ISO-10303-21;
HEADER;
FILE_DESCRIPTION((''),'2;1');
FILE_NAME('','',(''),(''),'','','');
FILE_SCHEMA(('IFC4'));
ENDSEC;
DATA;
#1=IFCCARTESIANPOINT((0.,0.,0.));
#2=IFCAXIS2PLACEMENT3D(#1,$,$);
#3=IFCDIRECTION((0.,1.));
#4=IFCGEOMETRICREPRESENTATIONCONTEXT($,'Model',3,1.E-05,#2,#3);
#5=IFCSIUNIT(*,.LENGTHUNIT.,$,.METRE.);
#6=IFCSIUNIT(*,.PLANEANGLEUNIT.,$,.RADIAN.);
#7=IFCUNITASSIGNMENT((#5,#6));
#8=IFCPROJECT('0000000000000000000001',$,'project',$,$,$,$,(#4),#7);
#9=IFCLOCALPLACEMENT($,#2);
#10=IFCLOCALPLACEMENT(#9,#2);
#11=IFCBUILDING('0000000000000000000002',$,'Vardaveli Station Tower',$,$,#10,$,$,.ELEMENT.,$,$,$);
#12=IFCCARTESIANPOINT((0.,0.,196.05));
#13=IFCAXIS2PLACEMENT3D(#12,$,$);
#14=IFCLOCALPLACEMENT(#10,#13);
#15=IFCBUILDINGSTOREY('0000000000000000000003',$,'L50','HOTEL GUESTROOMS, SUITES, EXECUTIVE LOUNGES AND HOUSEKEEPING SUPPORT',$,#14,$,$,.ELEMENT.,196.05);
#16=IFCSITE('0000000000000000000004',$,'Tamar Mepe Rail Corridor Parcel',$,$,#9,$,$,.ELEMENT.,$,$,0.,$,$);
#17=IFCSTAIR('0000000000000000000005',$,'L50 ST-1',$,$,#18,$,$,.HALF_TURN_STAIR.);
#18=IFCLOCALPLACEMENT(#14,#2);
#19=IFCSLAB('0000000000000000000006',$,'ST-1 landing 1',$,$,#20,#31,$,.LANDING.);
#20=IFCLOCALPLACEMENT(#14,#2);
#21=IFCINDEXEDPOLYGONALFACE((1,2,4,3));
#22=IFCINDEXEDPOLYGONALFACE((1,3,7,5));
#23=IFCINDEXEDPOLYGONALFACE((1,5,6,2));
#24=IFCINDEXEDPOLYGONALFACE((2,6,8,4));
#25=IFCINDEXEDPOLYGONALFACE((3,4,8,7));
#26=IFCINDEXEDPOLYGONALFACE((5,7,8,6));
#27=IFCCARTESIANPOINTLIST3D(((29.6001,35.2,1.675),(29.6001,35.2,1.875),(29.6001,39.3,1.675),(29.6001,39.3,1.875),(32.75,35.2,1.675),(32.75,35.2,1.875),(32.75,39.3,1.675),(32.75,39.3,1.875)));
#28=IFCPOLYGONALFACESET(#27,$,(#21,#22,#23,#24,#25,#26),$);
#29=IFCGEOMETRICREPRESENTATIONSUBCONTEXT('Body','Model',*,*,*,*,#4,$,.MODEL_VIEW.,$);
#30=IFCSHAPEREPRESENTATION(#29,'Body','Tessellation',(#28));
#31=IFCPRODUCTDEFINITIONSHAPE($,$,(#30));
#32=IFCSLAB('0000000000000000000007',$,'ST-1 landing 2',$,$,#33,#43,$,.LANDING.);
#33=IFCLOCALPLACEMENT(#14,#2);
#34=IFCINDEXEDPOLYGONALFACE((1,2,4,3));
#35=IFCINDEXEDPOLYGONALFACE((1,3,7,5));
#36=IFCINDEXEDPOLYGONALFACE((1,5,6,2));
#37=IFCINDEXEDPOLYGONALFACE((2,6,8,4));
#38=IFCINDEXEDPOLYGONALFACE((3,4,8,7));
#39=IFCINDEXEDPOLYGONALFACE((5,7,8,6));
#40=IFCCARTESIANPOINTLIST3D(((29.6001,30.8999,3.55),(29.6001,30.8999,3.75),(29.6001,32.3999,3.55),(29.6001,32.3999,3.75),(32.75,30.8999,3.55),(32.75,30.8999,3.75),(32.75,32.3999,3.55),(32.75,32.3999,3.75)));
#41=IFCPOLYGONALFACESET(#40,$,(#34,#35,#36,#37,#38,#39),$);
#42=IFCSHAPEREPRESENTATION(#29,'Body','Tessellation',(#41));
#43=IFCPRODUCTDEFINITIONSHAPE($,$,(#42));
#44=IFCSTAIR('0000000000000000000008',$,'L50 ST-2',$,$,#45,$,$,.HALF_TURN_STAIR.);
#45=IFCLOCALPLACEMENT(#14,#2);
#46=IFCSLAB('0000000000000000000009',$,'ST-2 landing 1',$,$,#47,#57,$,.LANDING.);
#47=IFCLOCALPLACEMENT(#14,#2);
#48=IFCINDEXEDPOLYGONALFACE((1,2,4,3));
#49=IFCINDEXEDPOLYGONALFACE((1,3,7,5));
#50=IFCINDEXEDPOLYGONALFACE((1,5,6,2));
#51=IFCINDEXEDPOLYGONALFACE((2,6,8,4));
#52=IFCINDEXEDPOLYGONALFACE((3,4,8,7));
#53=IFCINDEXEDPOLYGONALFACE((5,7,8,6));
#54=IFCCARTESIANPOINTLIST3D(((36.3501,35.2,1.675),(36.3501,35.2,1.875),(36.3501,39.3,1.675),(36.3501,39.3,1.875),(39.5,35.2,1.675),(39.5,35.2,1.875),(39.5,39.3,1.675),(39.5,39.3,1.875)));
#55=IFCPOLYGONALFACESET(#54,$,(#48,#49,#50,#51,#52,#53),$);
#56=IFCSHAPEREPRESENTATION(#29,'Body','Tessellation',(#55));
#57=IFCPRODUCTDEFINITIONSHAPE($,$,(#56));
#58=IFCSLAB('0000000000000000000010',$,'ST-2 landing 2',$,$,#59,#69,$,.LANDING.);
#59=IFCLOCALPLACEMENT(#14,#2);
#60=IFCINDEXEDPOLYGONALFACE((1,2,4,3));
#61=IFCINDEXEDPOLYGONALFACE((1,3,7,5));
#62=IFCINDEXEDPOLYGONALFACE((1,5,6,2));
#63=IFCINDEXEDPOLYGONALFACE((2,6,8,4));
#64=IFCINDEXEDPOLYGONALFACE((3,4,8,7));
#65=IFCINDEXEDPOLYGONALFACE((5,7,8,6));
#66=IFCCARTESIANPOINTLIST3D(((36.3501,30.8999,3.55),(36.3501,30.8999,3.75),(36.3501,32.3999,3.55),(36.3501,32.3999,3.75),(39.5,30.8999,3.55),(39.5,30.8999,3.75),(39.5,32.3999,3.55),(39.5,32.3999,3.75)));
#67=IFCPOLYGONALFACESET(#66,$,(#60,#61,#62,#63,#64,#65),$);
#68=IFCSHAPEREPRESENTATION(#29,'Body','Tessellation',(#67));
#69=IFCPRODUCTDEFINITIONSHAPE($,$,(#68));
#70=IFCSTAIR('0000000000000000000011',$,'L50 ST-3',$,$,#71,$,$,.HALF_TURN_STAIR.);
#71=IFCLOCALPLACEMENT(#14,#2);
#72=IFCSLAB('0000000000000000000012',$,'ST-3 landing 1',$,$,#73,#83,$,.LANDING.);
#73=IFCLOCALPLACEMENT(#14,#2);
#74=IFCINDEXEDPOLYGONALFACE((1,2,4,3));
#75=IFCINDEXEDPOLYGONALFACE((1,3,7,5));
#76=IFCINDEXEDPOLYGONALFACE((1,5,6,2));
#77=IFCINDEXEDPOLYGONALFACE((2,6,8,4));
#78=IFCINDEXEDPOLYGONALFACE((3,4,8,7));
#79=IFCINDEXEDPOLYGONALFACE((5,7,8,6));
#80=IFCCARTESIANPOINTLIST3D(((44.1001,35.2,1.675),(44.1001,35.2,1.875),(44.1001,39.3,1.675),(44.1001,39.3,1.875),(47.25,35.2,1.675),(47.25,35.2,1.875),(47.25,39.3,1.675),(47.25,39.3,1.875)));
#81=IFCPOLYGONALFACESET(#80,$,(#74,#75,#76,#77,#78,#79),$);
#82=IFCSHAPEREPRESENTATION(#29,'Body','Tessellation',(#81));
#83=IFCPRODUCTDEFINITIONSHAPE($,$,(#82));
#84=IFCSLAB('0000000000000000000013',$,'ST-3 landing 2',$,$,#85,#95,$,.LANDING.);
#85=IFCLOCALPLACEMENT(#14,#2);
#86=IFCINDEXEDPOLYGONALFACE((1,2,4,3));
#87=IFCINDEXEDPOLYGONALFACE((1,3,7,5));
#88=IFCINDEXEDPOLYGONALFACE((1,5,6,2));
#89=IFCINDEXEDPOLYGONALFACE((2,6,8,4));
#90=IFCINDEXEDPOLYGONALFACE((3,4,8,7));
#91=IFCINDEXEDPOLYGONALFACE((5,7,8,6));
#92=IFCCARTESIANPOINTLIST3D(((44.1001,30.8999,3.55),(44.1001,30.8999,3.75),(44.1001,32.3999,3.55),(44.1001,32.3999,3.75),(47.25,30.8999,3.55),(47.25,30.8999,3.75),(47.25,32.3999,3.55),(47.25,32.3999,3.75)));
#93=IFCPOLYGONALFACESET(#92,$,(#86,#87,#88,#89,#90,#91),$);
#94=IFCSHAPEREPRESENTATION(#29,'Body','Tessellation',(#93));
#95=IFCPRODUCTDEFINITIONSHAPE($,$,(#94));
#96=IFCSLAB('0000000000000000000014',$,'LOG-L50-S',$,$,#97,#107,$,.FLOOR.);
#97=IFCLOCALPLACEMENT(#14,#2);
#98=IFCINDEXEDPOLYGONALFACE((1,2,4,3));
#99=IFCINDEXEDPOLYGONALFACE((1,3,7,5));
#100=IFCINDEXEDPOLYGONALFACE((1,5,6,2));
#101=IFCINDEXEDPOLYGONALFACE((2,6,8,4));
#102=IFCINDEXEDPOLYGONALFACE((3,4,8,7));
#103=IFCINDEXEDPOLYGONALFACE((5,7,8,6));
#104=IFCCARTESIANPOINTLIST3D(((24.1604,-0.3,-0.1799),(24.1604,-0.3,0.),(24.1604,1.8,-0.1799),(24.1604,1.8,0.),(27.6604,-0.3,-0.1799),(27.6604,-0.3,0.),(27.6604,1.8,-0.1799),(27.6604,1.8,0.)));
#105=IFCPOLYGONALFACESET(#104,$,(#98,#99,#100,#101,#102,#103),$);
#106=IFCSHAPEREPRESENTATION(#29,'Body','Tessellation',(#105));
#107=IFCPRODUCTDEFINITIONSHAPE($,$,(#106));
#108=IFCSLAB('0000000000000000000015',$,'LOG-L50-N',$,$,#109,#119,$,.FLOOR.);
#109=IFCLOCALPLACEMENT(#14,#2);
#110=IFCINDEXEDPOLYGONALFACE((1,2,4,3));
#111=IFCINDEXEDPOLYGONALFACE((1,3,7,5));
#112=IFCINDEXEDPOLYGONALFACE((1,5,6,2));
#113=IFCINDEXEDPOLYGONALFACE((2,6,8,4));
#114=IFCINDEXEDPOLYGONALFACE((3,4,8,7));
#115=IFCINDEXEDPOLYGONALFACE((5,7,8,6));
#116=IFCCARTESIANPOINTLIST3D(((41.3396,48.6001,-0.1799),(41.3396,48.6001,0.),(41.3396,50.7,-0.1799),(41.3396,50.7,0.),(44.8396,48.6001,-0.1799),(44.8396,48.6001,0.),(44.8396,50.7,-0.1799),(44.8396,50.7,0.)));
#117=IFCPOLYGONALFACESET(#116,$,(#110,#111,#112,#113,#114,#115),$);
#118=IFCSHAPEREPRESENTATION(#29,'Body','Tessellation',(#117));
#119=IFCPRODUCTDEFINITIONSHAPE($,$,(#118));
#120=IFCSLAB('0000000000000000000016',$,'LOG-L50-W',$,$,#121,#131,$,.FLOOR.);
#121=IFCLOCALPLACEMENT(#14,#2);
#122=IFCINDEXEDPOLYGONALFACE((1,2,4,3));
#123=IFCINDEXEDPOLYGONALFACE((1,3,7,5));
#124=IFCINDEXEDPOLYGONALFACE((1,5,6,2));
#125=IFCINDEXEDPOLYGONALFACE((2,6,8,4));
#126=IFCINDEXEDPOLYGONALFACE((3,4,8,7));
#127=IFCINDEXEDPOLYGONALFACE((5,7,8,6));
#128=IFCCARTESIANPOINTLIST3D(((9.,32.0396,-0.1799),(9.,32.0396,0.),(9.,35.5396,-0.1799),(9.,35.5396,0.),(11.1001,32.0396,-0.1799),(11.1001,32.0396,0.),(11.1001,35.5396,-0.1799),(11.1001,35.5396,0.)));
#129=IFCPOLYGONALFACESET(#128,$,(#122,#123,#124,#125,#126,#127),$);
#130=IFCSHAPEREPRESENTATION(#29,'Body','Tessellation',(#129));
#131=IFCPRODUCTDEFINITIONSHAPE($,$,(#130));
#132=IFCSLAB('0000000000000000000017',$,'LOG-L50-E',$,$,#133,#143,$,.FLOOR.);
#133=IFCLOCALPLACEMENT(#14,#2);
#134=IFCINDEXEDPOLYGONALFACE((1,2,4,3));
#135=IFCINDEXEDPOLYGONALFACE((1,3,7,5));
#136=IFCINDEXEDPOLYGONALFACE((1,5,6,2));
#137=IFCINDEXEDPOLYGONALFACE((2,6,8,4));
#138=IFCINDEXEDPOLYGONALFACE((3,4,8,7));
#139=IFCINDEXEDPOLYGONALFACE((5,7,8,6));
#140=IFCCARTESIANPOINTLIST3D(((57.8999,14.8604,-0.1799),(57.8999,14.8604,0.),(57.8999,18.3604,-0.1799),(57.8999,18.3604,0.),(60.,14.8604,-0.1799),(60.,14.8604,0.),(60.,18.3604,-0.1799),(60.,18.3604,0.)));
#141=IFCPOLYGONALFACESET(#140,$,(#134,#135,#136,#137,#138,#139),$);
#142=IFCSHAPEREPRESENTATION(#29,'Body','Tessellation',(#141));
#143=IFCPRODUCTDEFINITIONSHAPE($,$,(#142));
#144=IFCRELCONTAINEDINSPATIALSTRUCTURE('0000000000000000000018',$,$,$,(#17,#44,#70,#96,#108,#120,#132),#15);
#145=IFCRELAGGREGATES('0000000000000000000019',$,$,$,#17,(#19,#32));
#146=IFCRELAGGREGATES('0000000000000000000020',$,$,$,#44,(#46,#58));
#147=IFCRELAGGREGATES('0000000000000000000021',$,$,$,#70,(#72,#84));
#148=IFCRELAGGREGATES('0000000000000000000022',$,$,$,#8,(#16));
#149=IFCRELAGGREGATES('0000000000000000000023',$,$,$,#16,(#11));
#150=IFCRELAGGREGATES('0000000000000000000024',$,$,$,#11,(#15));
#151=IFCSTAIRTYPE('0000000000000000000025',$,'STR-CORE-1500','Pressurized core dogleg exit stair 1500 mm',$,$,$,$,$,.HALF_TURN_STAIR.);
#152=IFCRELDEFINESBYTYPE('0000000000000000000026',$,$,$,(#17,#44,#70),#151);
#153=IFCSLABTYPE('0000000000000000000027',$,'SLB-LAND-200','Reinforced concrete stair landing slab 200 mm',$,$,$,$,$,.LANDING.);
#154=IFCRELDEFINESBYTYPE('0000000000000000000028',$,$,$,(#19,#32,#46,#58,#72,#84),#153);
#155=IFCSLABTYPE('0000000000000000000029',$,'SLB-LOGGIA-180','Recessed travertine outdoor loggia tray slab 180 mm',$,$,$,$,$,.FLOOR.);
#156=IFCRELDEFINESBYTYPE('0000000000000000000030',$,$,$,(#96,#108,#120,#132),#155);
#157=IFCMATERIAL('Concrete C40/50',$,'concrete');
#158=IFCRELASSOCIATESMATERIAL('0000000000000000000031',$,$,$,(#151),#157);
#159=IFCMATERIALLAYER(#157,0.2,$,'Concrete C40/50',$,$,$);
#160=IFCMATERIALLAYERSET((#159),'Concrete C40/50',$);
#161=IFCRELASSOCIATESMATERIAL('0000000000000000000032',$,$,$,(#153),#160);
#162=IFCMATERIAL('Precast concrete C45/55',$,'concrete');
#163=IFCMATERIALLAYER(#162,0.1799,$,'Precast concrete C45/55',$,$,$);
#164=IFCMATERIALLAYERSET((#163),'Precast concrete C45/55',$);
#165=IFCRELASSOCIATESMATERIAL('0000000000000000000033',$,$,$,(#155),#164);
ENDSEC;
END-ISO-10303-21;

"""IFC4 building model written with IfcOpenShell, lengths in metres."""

from ifc_helpers import new_model, si_unit, direction, frame, origin, place, context, subcontext, project, spatial, polyline, outline, extrude, material, layer, layer_set, type_object, element, aggregate, save


model = new_model("IFC4")

# Units and contexts
model_context = context("Model", 3, precision=1e-05, world=origin(), true_north=direction((0.0, 1.0)))
body_context = subcontext(model_context, "Body", "Model", "MODEL_VIEW")
ifc_project = project(units=[si_unit("LENGTHUNIT", "METRE"), si_unit("PLANEANGLEUNIT", "RADIAN")], contexts=[model_context])

# Site, building, storey
site_placement = place(None, origin())
site = spatial("IfcSite", under=ifc_project, at=site_placement, Name="Tamar Mepe Rail Corridor Parcel", CompositionType="ELEMENT", RefElevation=0.0)
building_placement = place(site_placement, origin())
building = spatial("IfcBuilding", under=site, at=building_placement, Name="Vardaveli Station Tower", CompositionType="ELEMENT")
storey_placement = place(building_placement, frame((0.0, 0.0, 196.05)))
storey = spatial("IfcBuildingStorey", under=building, at=storey_placement, Name="L50", Description="HOTEL GUESTROOMS, SUITES, EXECUTIVE LOUNGES AND HOUSEKEEPING SUPPORT", CompositionType="ELEMENT", Elevation=196.05)

# Stairs, slabs
ifc_material_1 = material(Name="Concrete C40/50", Category="concrete")
stair_type = type_object("IfcStairType", Name="STR-CORE-1500", Description="Pressurized core dogleg exit stair 1500 mm", PredefinedType="HALF_TURN_STAIR", material=ifc_material_1)
stair_1_placement = place(storey_placement, origin())
stair_1 = element("IfcStair", 1, at=stair_1_placement, inside=storey, type_object=stair_type, Name="L50 ST-1", PredefinedType="HALF_TURN_STAIR")
ifc_layer_1 = layer(ifc_material_1, 0.2, Name="Concrete C40/50")
ifc_layer_set_1 = layer_set([ifc_layer_1], Name="Concrete C40/50")
slab_type_1 = type_object("IfcSlabType", Name="SLB-LAND-200", Description="Reinforced concrete stair landing slab 200 mm", PredefinedType="LANDING", material=ifc_layer_set_1)
slab_1_placement = place(storey_placement, frame((0.0, 0.0, 1.675)))
slab_1 = element("IfcSlab", 2, at=slab_1_placement, type_object=slab_type_1, Name="ST-1 landing 1", PredefinedType="LANDING", context=body_context, shape_type="SweptSolid", body=[
    extrude(outline(polyline([(32.75, 35.2), (32.75, 39.3), (29.6001, 39.3), (29.6001, 35.2), (32.75, 35.2)])), origin(), (0.0, 0.0, 1.0), 0.2),
])
slab_2_placement = place(storey_placement, frame((0.0, 0.0, 3.55)))
slab_2 = element("IfcSlab", 3, at=slab_2_placement, type_object=slab_type_1, Name="ST-1 landing 2", PredefinedType="LANDING", context=body_context, shape_type="SweptSolid", body=[
    extrude(outline(polyline([(32.75, 30.8999), (32.75, 32.3999), (29.6001, 32.3999), (29.6001, 30.8999), (32.75, 30.8999)])), origin(), (0.0, 0.0, 1.0), 0.2),
])
aggregate(stair_1, [slab_1, slab_2])
stair_2_placement = place(storey_placement, origin())
stair_2 = element("IfcStair", 4, at=stair_2_placement, inside=storey, type_object=stair_type, Name="L50 ST-2", PredefinedType="HALF_TURN_STAIR")
slab_3_placement = place(storey_placement, frame((0.0, 0.0, 1.675)))
slab_3 = element("IfcSlab", 5, at=slab_3_placement, type_object=slab_type_1, Name="ST-2 landing 1", PredefinedType="LANDING", context=body_context, shape_type="SweptSolid", body=[
    extrude(outline(polyline([(39.5, 35.2), (39.5, 39.3), (36.3501, 39.3), (36.3501, 35.2), (39.5, 35.2)])), origin(), (0.0, 0.0, 1.0), 0.2),
])
slab_4_placement = place(storey_placement, frame((0.0, 0.0, 3.55)))
slab_4 = element("IfcSlab", 6, at=slab_4_placement, type_object=slab_type_1, Name="ST-2 landing 2", PredefinedType="LANDING", context=body_context, shape_type="SweptSolid", body=[
    extrude(outline(polyline([(39.5, 30.8999), (39.5, 32.3999), (36.3501, 32.3999), (36.3501, 30.8999), (39.5, 30.8999)])), origin(), (0.0, 0.0, 1.0), 0.2),
])
aggregate(stair_2, [slab_3, slab_4])
stair_3_placement = place(storey_placement, origin())
stair_3 = element("IfcStair", 7, at=stair_3_placement, inside=storey, type_object=stair_type, Name="L50 ST-3", PredefinedType="HALF_TURN_STAIR")
slab_5_placement = place(storey_placement, frame((0.0, 0.0, 1.675)))
slab_5 = element("IfcSlab", 8, at=slab_5_placement, type_object=slab_type_1, Name="ST-3 landing 1", PredefinedType="LANDING", context=body_context, shape_type="SweptSolid", body=[
    extrude(outline(polyline([(47.25, 35.2), (47.25, 39.3), (44.1001, 39.3), (44.1001, 35.2), (47.25, 35.2)])), origin(), (0.0, 0.0, 1.0), 0.2),
])
slab_6_placement = place(storey_placement, frame((0.0, 0.0, 3.55)))
slab_6 = element("IfcSlab", 9, at=slab_6_placement, type_object=slab_type_1, Name="ST-3 landing 2", PredefinedType="LANDING", context=body_context, shape_type="SweptSolid", body=[
    extrude(outline(polyline([(47.25, 30.8999), (47.25, 32.3999), (44.1001, 32.3999), (44.1001, 30.8999), (47.25, 30.8999)])), origin(), (0.0, 0.0, 1.0), 0.2),
])
aggregate(stair_3, [slab_5, slab_6])

# Slabs
ifc_material_2 = material(Name="Precast concrete C45/55", Category="concrete")
ifc_layer_2 = layer(ifc_material_2, 0.1799, Name="Precast concrete C45/55")
ifc_layer_set_2 = layer_set([ifc_layer_2], Name="Precast concrete C45/55")
slab_type_2 = type_object("IfcSlabType", Name="SLB-LOGGIA-180", Description="Recessed travertine outdoor loggia tray slab 180 mm", PredefinedType="FLOOR", material=ifc_layer_set_2)
slab_7_placement = place(storey_placement, frame((0.0, 0.0, -0.1799)))
element("IfcSlab", 10, at=slab_7_placement, inside=storey, type_object=slab_type_2, Name="LOG-L50-S", PredefinedType="FLOOR", context=body_context, shape_type="SweptSolid", body=[
    extrude(outline(polyline([(24.1604, -0.3), (27.6604, -0.3), (27.6604, 1.8), (24.1604, 1.8), (24.1604, -0.3)])), origin(), (0.0, 0.0, 1.0), 0.1799),
])
slab_8_placement = place(storey_placement, frame((0.0, 0.0, -0.1799)))
element("IfcSlab", 11, at=slab_8_placement, inside=storey, type_object=slab_type_2, Name="LOG-L50-N", PredefinedType="FLOOR", context=body_context, shape_type="SweptSolid", body=[
    extrude(outline(polyline([(41.3396, 48.6001), (44.8396, 48.6001), (44.8396, 50.7), (41.3396, 50.7), (41.3396, 48.6001)])), origin(), (0.0, 0.0, 1.0), 0.1799),
])
slab_9_placement = place(storey_placement, frame((0.0, 0.0, -0.1799)))
element("IfcSlab", 12, at=slab_9_placement, inside=storey, type_object=slab_type_2, Name="LOG-L50-W", PredefinedType="FLOOR", context=body_context, shape_type="SweptSolid", body=[
    extrude(outline(polyline([(9.0, 32.0396), (11.1001, 32.0396), (11.1001, 35.5396), (9.0, 35.5396), (9.0, 32.0396)])), origin(), (0.0, 0.0, 1.0), 0.1799),
])
slab_10_placement = place(storey_placement, frame((0.0, 0.0, -0.1799)))
element("IfcSlab", 13, at=slab_10_placement, inside=storey, type_object=slab_type_2, Name="LOG-L50-E", PredefinedType="FLOOR", context=body_context, shape_type="SweptSolid", body=[
    extrude(outline(polyline([(57.8999, 14.8604), (60.0, 14.8604), (60.0, 18.3604), (57.8999, 18.3604), (57.8999, 14.8604)])), origin(), (0.0, 0.0, 1.0), 0.1799),
])

save(model, "model.ifc")
